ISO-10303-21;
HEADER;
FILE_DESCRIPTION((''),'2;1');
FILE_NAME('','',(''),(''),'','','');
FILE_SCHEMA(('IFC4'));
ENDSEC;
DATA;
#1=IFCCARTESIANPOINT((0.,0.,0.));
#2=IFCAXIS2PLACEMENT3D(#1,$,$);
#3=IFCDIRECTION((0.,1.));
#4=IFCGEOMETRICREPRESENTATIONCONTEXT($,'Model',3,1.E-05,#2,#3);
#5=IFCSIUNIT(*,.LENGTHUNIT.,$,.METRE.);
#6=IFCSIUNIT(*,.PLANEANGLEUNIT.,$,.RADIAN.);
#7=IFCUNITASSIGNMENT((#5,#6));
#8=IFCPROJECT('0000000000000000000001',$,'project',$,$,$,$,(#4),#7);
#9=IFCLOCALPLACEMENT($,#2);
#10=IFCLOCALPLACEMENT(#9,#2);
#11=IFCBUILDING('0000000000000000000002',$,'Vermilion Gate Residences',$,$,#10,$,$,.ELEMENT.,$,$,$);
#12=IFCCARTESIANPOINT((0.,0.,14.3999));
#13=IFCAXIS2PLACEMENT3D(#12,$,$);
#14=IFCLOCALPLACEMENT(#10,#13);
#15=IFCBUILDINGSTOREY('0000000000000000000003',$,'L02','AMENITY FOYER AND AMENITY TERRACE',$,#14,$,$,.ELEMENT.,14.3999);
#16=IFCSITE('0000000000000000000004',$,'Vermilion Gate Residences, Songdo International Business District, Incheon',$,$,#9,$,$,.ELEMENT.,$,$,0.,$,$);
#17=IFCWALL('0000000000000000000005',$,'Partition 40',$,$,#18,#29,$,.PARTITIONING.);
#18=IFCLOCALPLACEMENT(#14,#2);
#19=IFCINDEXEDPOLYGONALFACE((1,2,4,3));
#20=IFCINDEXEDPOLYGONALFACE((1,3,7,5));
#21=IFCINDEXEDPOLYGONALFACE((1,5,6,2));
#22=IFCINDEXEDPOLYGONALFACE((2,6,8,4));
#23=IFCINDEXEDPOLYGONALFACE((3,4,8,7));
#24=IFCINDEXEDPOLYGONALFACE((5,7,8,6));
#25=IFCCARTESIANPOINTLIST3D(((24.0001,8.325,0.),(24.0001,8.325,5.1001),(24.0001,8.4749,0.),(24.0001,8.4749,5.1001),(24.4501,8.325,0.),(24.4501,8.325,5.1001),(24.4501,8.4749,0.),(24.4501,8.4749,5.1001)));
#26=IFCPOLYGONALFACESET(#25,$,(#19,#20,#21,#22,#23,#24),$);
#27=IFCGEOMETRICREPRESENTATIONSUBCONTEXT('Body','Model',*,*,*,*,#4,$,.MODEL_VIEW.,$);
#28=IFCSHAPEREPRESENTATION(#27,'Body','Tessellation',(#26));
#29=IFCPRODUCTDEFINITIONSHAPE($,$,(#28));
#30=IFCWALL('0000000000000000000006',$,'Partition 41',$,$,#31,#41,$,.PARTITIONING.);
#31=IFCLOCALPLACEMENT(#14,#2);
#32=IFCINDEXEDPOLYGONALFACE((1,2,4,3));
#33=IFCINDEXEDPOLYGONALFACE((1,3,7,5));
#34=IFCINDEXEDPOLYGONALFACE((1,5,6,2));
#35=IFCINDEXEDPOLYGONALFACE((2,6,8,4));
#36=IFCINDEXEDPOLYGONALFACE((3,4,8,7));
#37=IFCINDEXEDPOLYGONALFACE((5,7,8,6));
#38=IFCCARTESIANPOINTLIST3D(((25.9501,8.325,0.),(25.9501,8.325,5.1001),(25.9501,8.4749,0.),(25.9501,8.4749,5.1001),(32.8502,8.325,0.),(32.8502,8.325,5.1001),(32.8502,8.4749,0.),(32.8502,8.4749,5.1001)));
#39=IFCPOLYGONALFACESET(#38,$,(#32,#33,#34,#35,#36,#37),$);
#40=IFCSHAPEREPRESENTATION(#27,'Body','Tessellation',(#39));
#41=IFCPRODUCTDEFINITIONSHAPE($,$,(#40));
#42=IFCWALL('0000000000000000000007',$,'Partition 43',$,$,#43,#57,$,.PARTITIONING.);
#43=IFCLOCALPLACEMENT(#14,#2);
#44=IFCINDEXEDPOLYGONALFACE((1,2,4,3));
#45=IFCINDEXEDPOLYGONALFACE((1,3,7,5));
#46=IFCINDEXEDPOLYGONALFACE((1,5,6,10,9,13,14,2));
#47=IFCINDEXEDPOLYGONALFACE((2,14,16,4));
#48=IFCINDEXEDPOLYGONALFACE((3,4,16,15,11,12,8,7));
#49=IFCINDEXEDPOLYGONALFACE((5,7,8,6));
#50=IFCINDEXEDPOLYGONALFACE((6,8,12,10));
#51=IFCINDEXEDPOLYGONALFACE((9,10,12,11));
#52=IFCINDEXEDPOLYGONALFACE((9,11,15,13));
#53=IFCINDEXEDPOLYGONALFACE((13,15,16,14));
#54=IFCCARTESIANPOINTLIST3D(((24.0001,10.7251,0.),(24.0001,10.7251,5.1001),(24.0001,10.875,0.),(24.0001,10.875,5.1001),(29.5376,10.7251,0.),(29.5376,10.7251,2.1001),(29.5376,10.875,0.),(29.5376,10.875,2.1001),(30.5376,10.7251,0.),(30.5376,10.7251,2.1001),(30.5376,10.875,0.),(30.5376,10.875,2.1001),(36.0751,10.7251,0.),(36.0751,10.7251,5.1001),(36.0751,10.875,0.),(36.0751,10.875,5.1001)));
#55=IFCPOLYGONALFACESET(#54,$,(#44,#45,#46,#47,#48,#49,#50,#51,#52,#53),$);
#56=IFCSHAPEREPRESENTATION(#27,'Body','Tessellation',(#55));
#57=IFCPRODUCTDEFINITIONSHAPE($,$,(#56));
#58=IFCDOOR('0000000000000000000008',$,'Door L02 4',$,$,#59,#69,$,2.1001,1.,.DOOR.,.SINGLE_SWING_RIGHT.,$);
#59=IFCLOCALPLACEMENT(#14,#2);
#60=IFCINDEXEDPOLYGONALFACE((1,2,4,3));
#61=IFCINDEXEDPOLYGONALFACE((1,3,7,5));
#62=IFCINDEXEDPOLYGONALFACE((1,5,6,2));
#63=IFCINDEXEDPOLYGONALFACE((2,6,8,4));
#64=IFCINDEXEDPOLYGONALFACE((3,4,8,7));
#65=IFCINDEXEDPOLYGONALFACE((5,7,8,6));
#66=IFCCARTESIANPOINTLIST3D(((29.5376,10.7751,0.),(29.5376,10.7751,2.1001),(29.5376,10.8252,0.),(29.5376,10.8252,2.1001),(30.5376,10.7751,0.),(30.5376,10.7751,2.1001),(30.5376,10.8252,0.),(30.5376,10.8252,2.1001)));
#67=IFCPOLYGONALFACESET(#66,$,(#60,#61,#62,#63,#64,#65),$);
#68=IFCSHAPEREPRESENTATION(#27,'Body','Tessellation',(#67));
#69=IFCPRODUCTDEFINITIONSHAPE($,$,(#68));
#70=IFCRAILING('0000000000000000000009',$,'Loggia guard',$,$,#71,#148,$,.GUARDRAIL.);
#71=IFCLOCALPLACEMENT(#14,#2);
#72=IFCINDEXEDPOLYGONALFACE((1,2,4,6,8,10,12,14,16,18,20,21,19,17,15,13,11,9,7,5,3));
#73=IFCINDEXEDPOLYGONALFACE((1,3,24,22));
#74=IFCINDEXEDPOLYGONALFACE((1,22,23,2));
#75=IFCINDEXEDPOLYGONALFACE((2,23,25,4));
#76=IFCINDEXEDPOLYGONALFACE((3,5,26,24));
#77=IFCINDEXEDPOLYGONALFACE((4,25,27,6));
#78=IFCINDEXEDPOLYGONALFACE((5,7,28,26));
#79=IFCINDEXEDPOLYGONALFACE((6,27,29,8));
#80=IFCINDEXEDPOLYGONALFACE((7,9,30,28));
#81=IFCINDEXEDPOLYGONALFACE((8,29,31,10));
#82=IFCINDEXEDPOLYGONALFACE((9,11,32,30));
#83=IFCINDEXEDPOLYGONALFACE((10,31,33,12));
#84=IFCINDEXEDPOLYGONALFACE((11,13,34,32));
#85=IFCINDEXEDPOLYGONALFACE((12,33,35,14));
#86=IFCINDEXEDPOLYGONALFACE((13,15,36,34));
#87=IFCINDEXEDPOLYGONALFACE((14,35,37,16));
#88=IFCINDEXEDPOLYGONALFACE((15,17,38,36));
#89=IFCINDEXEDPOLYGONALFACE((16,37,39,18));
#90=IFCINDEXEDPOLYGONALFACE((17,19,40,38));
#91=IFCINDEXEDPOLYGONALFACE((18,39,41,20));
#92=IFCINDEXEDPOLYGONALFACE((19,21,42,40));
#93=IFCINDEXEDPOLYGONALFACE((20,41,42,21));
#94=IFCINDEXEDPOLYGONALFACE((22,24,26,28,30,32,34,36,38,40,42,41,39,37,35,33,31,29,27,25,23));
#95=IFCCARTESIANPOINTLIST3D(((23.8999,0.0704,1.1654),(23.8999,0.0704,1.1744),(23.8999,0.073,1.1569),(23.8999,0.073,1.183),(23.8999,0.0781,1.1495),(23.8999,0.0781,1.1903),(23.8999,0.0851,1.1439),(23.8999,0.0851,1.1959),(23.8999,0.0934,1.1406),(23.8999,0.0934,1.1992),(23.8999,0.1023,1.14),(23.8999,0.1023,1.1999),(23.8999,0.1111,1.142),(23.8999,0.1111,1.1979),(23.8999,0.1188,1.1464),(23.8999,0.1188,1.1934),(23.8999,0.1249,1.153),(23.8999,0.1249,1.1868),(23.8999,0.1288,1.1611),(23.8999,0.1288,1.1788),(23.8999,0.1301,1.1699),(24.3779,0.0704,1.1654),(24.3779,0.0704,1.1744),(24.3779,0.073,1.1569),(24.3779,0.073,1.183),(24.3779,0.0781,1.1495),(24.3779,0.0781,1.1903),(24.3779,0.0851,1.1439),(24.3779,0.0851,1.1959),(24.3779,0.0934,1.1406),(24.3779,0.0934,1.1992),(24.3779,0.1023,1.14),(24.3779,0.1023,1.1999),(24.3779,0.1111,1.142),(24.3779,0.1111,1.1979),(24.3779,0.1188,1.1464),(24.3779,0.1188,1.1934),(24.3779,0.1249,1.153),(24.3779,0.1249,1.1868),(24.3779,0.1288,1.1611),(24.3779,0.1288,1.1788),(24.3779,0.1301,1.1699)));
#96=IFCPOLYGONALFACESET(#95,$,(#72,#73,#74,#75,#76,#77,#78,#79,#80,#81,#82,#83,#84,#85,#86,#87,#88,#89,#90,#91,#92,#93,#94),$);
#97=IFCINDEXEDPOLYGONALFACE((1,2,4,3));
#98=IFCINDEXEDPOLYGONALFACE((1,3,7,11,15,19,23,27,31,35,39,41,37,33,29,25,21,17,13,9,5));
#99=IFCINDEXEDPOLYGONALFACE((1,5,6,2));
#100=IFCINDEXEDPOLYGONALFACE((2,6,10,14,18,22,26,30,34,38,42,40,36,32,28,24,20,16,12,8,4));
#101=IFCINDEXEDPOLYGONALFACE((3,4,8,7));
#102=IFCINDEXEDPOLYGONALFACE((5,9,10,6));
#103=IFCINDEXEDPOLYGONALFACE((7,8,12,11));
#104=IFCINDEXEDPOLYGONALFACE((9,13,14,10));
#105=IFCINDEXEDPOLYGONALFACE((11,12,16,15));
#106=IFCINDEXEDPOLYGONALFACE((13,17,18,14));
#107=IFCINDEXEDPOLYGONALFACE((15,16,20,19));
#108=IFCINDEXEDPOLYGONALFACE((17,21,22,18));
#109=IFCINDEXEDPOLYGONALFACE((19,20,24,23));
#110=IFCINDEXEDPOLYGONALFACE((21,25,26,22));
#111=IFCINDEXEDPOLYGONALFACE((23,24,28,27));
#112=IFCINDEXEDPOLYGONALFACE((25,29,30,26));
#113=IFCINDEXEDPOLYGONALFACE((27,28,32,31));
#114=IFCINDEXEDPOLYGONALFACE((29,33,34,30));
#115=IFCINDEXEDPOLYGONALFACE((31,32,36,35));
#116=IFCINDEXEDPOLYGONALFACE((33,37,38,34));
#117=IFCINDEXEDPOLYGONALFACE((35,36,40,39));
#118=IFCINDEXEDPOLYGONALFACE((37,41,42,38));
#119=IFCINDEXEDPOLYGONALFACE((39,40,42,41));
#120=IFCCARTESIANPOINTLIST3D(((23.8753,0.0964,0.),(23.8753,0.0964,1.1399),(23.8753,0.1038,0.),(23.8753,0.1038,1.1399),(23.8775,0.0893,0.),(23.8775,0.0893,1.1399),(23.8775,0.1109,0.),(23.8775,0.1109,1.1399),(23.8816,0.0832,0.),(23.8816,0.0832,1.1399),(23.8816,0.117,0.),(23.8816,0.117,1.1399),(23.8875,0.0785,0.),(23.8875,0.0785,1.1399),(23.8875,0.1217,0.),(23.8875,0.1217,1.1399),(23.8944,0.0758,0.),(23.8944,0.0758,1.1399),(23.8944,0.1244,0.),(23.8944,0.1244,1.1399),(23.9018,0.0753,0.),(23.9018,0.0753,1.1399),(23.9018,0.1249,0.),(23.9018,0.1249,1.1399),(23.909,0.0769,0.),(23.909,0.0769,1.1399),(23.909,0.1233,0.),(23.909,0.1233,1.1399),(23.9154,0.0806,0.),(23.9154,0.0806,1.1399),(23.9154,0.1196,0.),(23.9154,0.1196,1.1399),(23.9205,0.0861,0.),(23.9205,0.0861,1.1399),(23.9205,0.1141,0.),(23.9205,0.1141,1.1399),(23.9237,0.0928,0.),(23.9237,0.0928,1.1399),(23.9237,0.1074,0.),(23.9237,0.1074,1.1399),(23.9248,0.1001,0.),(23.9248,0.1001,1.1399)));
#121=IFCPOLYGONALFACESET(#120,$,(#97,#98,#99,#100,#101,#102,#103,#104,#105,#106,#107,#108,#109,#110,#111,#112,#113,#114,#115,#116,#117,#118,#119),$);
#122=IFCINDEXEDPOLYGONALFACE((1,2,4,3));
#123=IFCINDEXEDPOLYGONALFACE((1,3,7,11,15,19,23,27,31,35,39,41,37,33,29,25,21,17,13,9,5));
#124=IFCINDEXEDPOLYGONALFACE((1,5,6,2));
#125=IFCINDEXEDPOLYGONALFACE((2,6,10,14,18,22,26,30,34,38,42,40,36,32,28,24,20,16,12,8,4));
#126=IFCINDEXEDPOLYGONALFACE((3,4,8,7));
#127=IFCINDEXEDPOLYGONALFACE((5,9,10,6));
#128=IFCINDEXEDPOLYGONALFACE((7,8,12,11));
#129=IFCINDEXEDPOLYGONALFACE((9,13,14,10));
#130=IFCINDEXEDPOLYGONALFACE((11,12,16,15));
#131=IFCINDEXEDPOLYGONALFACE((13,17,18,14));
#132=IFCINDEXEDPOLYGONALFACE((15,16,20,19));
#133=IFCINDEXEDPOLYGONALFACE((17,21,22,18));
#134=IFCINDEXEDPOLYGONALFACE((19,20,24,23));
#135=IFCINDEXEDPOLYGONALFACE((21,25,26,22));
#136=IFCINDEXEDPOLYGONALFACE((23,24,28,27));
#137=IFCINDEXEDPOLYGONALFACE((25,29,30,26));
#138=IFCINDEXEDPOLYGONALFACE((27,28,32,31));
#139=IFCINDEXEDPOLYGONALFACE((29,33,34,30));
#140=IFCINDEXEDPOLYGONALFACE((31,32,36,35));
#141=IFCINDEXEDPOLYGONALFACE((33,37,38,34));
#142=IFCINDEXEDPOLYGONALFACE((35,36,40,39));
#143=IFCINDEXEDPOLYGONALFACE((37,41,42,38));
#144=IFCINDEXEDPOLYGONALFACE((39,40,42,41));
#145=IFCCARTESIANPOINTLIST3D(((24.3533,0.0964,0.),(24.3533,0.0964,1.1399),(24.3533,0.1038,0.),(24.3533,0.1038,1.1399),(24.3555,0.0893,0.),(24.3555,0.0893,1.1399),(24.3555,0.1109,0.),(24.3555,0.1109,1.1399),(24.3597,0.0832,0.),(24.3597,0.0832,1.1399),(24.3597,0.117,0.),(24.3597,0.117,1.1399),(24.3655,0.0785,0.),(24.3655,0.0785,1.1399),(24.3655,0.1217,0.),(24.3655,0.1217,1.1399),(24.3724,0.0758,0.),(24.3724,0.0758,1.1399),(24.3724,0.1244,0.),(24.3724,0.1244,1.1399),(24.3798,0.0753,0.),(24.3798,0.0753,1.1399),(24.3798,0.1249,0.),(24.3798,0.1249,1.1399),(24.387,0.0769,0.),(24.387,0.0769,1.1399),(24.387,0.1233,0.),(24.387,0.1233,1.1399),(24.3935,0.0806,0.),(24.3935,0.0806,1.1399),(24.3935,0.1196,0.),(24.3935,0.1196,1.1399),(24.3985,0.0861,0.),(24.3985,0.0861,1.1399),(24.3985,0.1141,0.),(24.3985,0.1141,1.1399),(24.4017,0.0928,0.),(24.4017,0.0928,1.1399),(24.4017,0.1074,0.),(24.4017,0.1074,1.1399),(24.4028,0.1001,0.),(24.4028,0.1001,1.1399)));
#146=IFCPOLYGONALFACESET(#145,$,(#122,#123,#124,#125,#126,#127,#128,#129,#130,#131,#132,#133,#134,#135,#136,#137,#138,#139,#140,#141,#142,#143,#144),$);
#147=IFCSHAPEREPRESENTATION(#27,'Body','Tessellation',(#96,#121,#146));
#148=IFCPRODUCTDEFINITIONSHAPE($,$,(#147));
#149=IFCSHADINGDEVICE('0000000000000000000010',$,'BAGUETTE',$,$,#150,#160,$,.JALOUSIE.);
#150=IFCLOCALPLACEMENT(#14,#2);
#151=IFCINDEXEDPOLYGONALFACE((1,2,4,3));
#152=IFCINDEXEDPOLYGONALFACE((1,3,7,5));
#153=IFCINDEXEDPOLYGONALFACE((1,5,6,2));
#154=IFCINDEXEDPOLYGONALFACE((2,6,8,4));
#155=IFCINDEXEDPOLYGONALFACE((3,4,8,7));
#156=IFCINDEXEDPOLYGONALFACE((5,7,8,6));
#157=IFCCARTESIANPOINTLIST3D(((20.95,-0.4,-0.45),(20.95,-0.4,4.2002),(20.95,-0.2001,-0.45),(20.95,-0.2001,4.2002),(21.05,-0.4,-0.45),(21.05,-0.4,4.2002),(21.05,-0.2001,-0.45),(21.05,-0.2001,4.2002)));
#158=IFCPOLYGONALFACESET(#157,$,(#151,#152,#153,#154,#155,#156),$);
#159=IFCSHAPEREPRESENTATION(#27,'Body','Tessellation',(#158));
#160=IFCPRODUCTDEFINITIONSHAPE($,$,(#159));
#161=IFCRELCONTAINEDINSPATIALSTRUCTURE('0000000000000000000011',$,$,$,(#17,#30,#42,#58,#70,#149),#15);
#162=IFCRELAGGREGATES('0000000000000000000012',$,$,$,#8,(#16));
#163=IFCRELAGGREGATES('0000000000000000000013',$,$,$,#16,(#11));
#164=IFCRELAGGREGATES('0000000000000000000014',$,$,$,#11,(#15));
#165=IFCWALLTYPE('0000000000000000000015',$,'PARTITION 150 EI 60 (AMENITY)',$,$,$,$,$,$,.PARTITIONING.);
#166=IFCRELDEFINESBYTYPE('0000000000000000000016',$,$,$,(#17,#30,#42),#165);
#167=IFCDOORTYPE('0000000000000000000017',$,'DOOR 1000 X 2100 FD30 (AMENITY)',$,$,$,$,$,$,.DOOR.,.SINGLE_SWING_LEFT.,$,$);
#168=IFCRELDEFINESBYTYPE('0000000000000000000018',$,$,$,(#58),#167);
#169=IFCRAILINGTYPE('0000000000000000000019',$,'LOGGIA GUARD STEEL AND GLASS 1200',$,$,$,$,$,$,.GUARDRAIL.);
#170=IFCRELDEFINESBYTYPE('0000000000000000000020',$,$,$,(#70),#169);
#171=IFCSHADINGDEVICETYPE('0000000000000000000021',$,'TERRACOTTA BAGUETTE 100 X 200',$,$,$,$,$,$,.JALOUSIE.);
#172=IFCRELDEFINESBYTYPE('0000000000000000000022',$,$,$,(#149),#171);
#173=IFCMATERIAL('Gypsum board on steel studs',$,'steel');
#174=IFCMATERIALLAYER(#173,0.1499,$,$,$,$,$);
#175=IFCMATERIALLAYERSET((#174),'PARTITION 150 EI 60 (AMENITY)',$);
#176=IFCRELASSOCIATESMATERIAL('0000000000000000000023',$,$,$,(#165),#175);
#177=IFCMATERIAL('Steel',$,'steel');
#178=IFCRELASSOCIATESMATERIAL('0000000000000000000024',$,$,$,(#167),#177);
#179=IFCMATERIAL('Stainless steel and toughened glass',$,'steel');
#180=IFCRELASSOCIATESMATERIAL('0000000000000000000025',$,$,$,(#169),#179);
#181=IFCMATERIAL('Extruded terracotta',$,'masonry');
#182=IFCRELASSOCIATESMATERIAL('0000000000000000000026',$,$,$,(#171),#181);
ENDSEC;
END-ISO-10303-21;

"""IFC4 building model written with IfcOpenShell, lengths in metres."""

from ifc_helpers import new_model, si_unit, direction, frame, frame_2d, origin, origin_2d, place, context, subcontext, project, spatial, rectangle, circle, extrude, material, layer, layer_set, material_profile, profile_set, type_object, element, fill, save


model = new_model("IFC4")

# Units and contexts
model_context = context("Model", 3, precision=1e-05, world=origin(), true_north=direction((0.0, 1.0)))
body_context = subcontext(model_context, "Body", "Model", "MODEL_VIEW")
ifc_project = project(units=[si_unit("LENGTHUNIT", "METRE"), si_unit("PLANEANGLEUNIT", "RADIAN")], contexts=[model_context])

# Site, building, storey
site_placement = place(None, origin())
site = spatial("IfcSite", under=ifc_project, at=site_placement, Name="Vermilion Gate Residences, Songdo International Business District, Incheon", CompositionType="ELEMENT", RefElevation=0.0)
building_placement = place(site_placement, origin())
building = spatial("IfcBuilding", under=site, at=building_placement, Name="Vermilion Gate Residences", CompositionType="ELEMENT")
storey_placement = place(building_placement, frame((0.0, 0.0, 14.3999)))
storey = spatial("IfcBuildingStorey", under=building, at=storey_placement, Name="L02", Description="AMENITY FOYER AND AMENITY TERRACE", CompositionType="ELEMENT", Elevation=14.3999)

# Walls
ifc_material_1 = material(Name="Gypsum board on steel studs", Category="steel")
ifc_layer_1 = layer(ifc_material_1, 0.1499)
ifc_layer_set_1 = layer_set([ifc_layer_1], Name="PARTITION 150 EI 60 (AMENITY)")
wall_type_1 = type_object("IfcWallType", Name="PARTITION 150 EI 60 (AMENITY)", PredefinedType="PARTITIONING", material=ifc_layer_set_1)
wall_1_placement = place(storey_placement, frame((24.0, 8.3999, 0.0), z_axis=(0.0, 0.0, 1.0), x_axis=(1.0, 0.0, 0.0)))
element("IfcWall", 1, at=wall_1_placement, inside=storey, type_object=wall_type_1, Name="Partition 40", PredefinedType="PARTITIONING", context=body_context, shape_type="SweptSolid", body=[
    extrude(rectangle(XDim=0.45, YDim=0.1499, at=frame_2d((0.2251, 0.0))), origin(), (0.0, 0.0, 1.0), 5.1001),
])
wall_2_placement = place(storey_placement, frame((25.95, 8.3999, 0.0), z_axis=(0.0, 0.0, 1.0), x_axis=(1.0, 0.0, 0.0)))
element("IfcWall", 2, at=wall_2_placement, inside=storey, type_object=wall_type_1, Name="Partition 41", PredefinedType="PARTITIONING", context=body_context, shape_type="SweptSolid", body=[
    extrude(rectangle(XDim=6.9001, YDim=0.1499, at=frame_2d((3.4502, 0.0))), origin(), (0.0, 0.0, 1.0), 5.1001),
])

# Wall, opening, door
wall_3_placement = place(storey_placement, frame((24.0, 10.8, 0.0), z_axis=(0.0, 0.0, 1.0), x_axis=(1.0, 0.0, 0.0)))
wall_3 = element("IfcWall", 3, at=wall_3_placement, inside=storey, type_object=wall_type_1, Name="Partition 43", PredefinedType="PARTITIONING", context=body_context, shape_type="SweptSolid", body=[
    extrude(rectangle(XDim=12.075, YDim=0.1499, at=frame_2d((6.0376, 0.0))), origin(), (0.0, 0.0, 1.0), 5.1001),
])
opening_placement = place(wall_3_placement, frame((5.5376, 0.0, 0.0)))
opening = element("IfcOpeningElement", 4, at=opening_placement, cuts=wall_3, PredefinedType="OPENING", context=body_context, shape_type="SweptSolid", body=[
    extrude(rectangle(XDim=1.0, YDim=2.1001, at=frame_2d((0.5, 1.05))), frame((0.0, 0.085, 0.0), z_axis=(0.0, -1.0, 0.0), x_axis=(1.0, 0.0, 0.0)), (0.0, 0.0, 1.0), 0.1699),
])
ifc_material_2 = material(Name="Steel", Category="steel")
door_type = type_object("IfcDoorType", Name="DOOR 1000 X 2100 FD30 (AMENITY)", OperationType="SINGLE_SWING_LEFT", PredefinedType="DOOR", material=ifc_material_2)
door_placement = place(opening_placement, frame((1.0, 0.0, 0.0), z_axis=(0.0, 0.0, 1.0), x_axis=(-1.0, 0.0, 0.0)))
door = element("IfcDoor", 5, at=door_placement, inside=storey, type_object=door_type, Name="Door L02 4", OperationType="SINGLE_SWING_RIGHT", OverallHeight=2.1001, OverallWidth=1.0, PredefinedType="DOOR", context=body_context, shape_type="SweptSolid", body=[
    extrude(rectangle(XDim=1.0, YDim=2.1001, at=frame_2d((0.5, 1.05))), frame((0.0, 0.0249, 0.0), z_axis=(0.0, -1.0, 0.0), x_axis=(1.0, 0.0, 0.0)), (0.0, 0.0, 1.0), 0.05),
])
fill(opening, door)

# Railing
ifc_material_3 = material(Name="Stainless steel and toughened glass", Category="steel")
railing_type = type_object("IfcRailingType", Name="LOGGIA GUARD STEEL AND GLASS 1200", PredefinedType="GUARDRAIL", material=ifc_material_3)
railing_placement = place(storey_placement, frame((23.8999, 0.1001, 0.0)))
element("IfcRailing", 6, at=railing_placement, inside=storey, type_object=railing_type, Name="Loggia guard", PredefinedType="GUARDRAIL", context=body_context, shape_type="SweptSolid", body=[
    extrude(circle(Radius=0.03, at=origin_2d()), frame((0.0, 0.0, 1.1699), z_axis=(1.0, 0.0, 0.0), x_axis=(0.0, 1.0, 0.0)), (0.0, 0.0, 1.0), 0.478),
    extrude(circle(Radius=0.0249, at=origin_2d()), origin(), (0.0, 0.0, 1.0), 1.1399),
    extrude(circle(Radius=0.0249, at=origin_2d()), frame((0.478, 0.0, 0.0)), (0.0, 0.0, 1.0), 1.1399),
])

# Shading device
ifc_material_4 = material(Name="Extruded terracotta", Category="masonry")
ifc_material_profile_1 = material_profile(ifc_material_4, rectangle(XDim=0.2, YDim=0.1001, at=origin_2d()), Name="BAGUETTE 100 X 200")
ifc_profile_set_1 = profile_set([ifc_material_profile_1], Name="Extruded terracotta")
shading_device_type = type_object("IfcShadingDeviceType", Name="TERRACOTTA BAGUETTE 100 X 200", PredefinedType="JALOUSIE", material=ifc_profile_set_1)
shading_device_placement = place(storey_placement, frame((21.0, -0.3, -0.45), z_axis=(0.0, 0.0, 1.0), x_axis=(0.0, 1.0, 0.0)))
element("IfcShadingDevice", 7, at=shading_device_placement, inside=storey, type_object=shading_device_type, Name="BAGUETTE", PredefinedType="JALOUSIE", context=body_context, shape_type="SweptSolid", body=[
    extrude(rectangle(XDim=0.2, YDim=0.1001, at=origin_2d()), origin(), (0.0, 0.0, 1.0), 4.6501),
])

save(model, "model.ifc")
